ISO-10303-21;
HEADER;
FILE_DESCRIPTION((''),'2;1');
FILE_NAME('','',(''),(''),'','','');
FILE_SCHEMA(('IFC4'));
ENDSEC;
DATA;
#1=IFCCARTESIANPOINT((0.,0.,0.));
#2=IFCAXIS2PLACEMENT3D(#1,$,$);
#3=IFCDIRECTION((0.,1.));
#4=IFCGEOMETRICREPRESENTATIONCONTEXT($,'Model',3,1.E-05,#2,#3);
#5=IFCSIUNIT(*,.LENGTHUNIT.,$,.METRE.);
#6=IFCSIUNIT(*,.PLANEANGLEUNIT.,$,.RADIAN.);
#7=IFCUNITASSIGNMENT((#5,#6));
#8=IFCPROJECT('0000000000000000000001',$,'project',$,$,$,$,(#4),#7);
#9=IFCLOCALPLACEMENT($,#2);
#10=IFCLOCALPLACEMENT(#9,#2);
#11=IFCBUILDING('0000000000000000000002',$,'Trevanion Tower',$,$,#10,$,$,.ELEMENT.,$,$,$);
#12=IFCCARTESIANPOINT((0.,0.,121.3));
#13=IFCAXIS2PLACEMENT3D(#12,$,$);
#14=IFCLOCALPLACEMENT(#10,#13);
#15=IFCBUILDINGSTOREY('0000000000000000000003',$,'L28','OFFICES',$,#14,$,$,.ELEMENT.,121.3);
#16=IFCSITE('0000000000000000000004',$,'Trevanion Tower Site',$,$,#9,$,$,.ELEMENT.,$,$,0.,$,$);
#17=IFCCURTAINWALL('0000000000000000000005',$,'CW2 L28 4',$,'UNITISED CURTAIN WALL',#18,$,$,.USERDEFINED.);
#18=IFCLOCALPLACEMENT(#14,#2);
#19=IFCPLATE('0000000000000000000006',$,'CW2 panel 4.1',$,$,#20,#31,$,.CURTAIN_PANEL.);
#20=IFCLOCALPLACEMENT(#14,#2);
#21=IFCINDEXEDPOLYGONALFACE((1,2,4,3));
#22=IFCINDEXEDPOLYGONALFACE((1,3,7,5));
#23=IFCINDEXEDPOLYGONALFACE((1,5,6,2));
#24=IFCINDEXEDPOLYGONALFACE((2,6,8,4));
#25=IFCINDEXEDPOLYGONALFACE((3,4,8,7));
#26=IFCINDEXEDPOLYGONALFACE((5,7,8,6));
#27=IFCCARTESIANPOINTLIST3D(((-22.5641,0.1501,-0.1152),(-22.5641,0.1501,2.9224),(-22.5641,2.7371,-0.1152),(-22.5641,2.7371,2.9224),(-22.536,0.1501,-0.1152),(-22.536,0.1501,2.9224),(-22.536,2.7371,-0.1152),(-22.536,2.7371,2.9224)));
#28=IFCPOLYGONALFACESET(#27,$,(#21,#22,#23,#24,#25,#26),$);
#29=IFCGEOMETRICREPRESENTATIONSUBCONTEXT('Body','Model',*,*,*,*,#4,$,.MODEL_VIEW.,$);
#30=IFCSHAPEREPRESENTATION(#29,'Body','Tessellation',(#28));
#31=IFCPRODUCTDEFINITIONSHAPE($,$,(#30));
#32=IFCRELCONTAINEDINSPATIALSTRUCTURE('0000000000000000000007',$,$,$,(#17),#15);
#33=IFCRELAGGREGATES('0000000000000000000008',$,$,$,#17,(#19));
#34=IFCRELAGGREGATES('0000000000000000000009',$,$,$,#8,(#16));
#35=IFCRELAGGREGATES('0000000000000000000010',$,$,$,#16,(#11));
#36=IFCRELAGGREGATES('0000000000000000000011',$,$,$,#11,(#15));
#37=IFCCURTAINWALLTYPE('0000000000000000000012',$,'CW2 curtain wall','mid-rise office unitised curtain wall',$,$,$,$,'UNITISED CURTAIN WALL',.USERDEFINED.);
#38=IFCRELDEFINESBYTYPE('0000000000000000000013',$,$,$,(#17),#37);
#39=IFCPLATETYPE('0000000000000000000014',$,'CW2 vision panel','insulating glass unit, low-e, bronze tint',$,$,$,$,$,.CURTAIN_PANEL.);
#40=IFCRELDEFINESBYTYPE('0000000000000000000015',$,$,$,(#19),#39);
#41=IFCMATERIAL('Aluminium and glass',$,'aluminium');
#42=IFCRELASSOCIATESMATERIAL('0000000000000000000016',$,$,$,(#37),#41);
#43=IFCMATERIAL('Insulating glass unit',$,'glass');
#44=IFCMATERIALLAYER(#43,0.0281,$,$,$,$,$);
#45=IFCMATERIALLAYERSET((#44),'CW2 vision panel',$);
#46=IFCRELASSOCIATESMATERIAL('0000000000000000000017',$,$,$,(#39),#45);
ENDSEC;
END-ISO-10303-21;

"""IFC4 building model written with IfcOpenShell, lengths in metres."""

from ifc_helpers import new_model, si_unit, direction, frame, origin, origin_2d, place, context, subcontext, project, spatial, rectangle, extrude, material, layer, layer_set, type_object, element, aggregate, save


model = new_model("IFC4")

# Units and contexts
model_context = context("Model", 3, precision=1e-05, world=origin(), true_north=direction((0.0, 1.0)))
body_context = subcontext(model_context, "Body", "Model", "MODEL_VIEW")
ifc_project = project(units=[si_unit("LENGTHUNIT", "METRE"), si_unit("PLANEANGLEUNIT", "RADIAN")], contexts=[model_context])

# Site, building, storey
site_placement = place(None, origin())
site = spatial("IfcSite", under=ifc_project, at=site_placement, Name="Trevanion Tower Site", CompositionType="ELEMENT", RefElevation=0.0)
building_placement = place(site_placement, origin())
building = spatial("IfcBuilding", under=site, at=building_placement, Name="Trevanion Tower", CompositionType="ELEMENT")
storey_placement = place(building_placement, frame((0.0, 0.0, 121.3)))
storey = spatial("IfcBuildingStorey", under=building, at=storey_placement, Name="L28", Description="OFFICES", CompositionType="ELEMENT", Elevation=121.3)

# Curtain wall, plate
ifc_material_1 = material(Name="Aluminium and glass", Category="aluminium")
curtain_wall_type = type_object("IfcCurtainWallType", Name="CW2 curtain wall", Description="mid-rise office unitised curtain wall", ElementType="UNITISED CURTAIN WALL", PredefinedType="USERDEFINED", material=ifc_material_1)
curtain_wall_placement = place(storey_placement, origin())
curtain_wall = element("IfcCurtainWall", 1, at=curtain_wall_placement, inside=storey, type_object=curtain_wall_type, Name="CW2 L28 4", ObjectType="UNITISED CURTAIN WALL", PredefinedType="USERDEFINED")
ifc_material_2 = material(Name="Insulating glass unit", Category="glass")
ifc_layer_1 = layer(ifc_material_2, 0.0281)
ifc_layer_set_1 = layer_set([ifc_layer_1], Name="CW2 vision panel")
plate_type_1 = type_object("IfcPlateType", Name="CW2 vision panel", Description="insulating glass unit, low-e, bronze tint", PredefinedType="CURTAIN_PANEL", material=ifc_layer_set_1)
plate_1_placement = place(storey_placement, frame((-22.55, 1.4436, -0.1152), z_axis=(0.0, 0.0, 1.0), x_axis=(0.0, -1.0, 0.0)))
plate_1 = element("IfcPlate", 2, at=plate_1_placement, type_object=plate_type_1, Name="CW2 panel 4.1", PredefinedType="CURTAIN_PANEL", context=body_context, shape_type="SweptSolid", body=[
    extrude(rectangle(XDim=2.5869, YDim=0.0281, at=origin_2d()), origin(), (0.0, 0.0, 1.0), 3.0376),
])
aggregate(curtain_wall, [plate_1])

save(model, "model.ifc")
